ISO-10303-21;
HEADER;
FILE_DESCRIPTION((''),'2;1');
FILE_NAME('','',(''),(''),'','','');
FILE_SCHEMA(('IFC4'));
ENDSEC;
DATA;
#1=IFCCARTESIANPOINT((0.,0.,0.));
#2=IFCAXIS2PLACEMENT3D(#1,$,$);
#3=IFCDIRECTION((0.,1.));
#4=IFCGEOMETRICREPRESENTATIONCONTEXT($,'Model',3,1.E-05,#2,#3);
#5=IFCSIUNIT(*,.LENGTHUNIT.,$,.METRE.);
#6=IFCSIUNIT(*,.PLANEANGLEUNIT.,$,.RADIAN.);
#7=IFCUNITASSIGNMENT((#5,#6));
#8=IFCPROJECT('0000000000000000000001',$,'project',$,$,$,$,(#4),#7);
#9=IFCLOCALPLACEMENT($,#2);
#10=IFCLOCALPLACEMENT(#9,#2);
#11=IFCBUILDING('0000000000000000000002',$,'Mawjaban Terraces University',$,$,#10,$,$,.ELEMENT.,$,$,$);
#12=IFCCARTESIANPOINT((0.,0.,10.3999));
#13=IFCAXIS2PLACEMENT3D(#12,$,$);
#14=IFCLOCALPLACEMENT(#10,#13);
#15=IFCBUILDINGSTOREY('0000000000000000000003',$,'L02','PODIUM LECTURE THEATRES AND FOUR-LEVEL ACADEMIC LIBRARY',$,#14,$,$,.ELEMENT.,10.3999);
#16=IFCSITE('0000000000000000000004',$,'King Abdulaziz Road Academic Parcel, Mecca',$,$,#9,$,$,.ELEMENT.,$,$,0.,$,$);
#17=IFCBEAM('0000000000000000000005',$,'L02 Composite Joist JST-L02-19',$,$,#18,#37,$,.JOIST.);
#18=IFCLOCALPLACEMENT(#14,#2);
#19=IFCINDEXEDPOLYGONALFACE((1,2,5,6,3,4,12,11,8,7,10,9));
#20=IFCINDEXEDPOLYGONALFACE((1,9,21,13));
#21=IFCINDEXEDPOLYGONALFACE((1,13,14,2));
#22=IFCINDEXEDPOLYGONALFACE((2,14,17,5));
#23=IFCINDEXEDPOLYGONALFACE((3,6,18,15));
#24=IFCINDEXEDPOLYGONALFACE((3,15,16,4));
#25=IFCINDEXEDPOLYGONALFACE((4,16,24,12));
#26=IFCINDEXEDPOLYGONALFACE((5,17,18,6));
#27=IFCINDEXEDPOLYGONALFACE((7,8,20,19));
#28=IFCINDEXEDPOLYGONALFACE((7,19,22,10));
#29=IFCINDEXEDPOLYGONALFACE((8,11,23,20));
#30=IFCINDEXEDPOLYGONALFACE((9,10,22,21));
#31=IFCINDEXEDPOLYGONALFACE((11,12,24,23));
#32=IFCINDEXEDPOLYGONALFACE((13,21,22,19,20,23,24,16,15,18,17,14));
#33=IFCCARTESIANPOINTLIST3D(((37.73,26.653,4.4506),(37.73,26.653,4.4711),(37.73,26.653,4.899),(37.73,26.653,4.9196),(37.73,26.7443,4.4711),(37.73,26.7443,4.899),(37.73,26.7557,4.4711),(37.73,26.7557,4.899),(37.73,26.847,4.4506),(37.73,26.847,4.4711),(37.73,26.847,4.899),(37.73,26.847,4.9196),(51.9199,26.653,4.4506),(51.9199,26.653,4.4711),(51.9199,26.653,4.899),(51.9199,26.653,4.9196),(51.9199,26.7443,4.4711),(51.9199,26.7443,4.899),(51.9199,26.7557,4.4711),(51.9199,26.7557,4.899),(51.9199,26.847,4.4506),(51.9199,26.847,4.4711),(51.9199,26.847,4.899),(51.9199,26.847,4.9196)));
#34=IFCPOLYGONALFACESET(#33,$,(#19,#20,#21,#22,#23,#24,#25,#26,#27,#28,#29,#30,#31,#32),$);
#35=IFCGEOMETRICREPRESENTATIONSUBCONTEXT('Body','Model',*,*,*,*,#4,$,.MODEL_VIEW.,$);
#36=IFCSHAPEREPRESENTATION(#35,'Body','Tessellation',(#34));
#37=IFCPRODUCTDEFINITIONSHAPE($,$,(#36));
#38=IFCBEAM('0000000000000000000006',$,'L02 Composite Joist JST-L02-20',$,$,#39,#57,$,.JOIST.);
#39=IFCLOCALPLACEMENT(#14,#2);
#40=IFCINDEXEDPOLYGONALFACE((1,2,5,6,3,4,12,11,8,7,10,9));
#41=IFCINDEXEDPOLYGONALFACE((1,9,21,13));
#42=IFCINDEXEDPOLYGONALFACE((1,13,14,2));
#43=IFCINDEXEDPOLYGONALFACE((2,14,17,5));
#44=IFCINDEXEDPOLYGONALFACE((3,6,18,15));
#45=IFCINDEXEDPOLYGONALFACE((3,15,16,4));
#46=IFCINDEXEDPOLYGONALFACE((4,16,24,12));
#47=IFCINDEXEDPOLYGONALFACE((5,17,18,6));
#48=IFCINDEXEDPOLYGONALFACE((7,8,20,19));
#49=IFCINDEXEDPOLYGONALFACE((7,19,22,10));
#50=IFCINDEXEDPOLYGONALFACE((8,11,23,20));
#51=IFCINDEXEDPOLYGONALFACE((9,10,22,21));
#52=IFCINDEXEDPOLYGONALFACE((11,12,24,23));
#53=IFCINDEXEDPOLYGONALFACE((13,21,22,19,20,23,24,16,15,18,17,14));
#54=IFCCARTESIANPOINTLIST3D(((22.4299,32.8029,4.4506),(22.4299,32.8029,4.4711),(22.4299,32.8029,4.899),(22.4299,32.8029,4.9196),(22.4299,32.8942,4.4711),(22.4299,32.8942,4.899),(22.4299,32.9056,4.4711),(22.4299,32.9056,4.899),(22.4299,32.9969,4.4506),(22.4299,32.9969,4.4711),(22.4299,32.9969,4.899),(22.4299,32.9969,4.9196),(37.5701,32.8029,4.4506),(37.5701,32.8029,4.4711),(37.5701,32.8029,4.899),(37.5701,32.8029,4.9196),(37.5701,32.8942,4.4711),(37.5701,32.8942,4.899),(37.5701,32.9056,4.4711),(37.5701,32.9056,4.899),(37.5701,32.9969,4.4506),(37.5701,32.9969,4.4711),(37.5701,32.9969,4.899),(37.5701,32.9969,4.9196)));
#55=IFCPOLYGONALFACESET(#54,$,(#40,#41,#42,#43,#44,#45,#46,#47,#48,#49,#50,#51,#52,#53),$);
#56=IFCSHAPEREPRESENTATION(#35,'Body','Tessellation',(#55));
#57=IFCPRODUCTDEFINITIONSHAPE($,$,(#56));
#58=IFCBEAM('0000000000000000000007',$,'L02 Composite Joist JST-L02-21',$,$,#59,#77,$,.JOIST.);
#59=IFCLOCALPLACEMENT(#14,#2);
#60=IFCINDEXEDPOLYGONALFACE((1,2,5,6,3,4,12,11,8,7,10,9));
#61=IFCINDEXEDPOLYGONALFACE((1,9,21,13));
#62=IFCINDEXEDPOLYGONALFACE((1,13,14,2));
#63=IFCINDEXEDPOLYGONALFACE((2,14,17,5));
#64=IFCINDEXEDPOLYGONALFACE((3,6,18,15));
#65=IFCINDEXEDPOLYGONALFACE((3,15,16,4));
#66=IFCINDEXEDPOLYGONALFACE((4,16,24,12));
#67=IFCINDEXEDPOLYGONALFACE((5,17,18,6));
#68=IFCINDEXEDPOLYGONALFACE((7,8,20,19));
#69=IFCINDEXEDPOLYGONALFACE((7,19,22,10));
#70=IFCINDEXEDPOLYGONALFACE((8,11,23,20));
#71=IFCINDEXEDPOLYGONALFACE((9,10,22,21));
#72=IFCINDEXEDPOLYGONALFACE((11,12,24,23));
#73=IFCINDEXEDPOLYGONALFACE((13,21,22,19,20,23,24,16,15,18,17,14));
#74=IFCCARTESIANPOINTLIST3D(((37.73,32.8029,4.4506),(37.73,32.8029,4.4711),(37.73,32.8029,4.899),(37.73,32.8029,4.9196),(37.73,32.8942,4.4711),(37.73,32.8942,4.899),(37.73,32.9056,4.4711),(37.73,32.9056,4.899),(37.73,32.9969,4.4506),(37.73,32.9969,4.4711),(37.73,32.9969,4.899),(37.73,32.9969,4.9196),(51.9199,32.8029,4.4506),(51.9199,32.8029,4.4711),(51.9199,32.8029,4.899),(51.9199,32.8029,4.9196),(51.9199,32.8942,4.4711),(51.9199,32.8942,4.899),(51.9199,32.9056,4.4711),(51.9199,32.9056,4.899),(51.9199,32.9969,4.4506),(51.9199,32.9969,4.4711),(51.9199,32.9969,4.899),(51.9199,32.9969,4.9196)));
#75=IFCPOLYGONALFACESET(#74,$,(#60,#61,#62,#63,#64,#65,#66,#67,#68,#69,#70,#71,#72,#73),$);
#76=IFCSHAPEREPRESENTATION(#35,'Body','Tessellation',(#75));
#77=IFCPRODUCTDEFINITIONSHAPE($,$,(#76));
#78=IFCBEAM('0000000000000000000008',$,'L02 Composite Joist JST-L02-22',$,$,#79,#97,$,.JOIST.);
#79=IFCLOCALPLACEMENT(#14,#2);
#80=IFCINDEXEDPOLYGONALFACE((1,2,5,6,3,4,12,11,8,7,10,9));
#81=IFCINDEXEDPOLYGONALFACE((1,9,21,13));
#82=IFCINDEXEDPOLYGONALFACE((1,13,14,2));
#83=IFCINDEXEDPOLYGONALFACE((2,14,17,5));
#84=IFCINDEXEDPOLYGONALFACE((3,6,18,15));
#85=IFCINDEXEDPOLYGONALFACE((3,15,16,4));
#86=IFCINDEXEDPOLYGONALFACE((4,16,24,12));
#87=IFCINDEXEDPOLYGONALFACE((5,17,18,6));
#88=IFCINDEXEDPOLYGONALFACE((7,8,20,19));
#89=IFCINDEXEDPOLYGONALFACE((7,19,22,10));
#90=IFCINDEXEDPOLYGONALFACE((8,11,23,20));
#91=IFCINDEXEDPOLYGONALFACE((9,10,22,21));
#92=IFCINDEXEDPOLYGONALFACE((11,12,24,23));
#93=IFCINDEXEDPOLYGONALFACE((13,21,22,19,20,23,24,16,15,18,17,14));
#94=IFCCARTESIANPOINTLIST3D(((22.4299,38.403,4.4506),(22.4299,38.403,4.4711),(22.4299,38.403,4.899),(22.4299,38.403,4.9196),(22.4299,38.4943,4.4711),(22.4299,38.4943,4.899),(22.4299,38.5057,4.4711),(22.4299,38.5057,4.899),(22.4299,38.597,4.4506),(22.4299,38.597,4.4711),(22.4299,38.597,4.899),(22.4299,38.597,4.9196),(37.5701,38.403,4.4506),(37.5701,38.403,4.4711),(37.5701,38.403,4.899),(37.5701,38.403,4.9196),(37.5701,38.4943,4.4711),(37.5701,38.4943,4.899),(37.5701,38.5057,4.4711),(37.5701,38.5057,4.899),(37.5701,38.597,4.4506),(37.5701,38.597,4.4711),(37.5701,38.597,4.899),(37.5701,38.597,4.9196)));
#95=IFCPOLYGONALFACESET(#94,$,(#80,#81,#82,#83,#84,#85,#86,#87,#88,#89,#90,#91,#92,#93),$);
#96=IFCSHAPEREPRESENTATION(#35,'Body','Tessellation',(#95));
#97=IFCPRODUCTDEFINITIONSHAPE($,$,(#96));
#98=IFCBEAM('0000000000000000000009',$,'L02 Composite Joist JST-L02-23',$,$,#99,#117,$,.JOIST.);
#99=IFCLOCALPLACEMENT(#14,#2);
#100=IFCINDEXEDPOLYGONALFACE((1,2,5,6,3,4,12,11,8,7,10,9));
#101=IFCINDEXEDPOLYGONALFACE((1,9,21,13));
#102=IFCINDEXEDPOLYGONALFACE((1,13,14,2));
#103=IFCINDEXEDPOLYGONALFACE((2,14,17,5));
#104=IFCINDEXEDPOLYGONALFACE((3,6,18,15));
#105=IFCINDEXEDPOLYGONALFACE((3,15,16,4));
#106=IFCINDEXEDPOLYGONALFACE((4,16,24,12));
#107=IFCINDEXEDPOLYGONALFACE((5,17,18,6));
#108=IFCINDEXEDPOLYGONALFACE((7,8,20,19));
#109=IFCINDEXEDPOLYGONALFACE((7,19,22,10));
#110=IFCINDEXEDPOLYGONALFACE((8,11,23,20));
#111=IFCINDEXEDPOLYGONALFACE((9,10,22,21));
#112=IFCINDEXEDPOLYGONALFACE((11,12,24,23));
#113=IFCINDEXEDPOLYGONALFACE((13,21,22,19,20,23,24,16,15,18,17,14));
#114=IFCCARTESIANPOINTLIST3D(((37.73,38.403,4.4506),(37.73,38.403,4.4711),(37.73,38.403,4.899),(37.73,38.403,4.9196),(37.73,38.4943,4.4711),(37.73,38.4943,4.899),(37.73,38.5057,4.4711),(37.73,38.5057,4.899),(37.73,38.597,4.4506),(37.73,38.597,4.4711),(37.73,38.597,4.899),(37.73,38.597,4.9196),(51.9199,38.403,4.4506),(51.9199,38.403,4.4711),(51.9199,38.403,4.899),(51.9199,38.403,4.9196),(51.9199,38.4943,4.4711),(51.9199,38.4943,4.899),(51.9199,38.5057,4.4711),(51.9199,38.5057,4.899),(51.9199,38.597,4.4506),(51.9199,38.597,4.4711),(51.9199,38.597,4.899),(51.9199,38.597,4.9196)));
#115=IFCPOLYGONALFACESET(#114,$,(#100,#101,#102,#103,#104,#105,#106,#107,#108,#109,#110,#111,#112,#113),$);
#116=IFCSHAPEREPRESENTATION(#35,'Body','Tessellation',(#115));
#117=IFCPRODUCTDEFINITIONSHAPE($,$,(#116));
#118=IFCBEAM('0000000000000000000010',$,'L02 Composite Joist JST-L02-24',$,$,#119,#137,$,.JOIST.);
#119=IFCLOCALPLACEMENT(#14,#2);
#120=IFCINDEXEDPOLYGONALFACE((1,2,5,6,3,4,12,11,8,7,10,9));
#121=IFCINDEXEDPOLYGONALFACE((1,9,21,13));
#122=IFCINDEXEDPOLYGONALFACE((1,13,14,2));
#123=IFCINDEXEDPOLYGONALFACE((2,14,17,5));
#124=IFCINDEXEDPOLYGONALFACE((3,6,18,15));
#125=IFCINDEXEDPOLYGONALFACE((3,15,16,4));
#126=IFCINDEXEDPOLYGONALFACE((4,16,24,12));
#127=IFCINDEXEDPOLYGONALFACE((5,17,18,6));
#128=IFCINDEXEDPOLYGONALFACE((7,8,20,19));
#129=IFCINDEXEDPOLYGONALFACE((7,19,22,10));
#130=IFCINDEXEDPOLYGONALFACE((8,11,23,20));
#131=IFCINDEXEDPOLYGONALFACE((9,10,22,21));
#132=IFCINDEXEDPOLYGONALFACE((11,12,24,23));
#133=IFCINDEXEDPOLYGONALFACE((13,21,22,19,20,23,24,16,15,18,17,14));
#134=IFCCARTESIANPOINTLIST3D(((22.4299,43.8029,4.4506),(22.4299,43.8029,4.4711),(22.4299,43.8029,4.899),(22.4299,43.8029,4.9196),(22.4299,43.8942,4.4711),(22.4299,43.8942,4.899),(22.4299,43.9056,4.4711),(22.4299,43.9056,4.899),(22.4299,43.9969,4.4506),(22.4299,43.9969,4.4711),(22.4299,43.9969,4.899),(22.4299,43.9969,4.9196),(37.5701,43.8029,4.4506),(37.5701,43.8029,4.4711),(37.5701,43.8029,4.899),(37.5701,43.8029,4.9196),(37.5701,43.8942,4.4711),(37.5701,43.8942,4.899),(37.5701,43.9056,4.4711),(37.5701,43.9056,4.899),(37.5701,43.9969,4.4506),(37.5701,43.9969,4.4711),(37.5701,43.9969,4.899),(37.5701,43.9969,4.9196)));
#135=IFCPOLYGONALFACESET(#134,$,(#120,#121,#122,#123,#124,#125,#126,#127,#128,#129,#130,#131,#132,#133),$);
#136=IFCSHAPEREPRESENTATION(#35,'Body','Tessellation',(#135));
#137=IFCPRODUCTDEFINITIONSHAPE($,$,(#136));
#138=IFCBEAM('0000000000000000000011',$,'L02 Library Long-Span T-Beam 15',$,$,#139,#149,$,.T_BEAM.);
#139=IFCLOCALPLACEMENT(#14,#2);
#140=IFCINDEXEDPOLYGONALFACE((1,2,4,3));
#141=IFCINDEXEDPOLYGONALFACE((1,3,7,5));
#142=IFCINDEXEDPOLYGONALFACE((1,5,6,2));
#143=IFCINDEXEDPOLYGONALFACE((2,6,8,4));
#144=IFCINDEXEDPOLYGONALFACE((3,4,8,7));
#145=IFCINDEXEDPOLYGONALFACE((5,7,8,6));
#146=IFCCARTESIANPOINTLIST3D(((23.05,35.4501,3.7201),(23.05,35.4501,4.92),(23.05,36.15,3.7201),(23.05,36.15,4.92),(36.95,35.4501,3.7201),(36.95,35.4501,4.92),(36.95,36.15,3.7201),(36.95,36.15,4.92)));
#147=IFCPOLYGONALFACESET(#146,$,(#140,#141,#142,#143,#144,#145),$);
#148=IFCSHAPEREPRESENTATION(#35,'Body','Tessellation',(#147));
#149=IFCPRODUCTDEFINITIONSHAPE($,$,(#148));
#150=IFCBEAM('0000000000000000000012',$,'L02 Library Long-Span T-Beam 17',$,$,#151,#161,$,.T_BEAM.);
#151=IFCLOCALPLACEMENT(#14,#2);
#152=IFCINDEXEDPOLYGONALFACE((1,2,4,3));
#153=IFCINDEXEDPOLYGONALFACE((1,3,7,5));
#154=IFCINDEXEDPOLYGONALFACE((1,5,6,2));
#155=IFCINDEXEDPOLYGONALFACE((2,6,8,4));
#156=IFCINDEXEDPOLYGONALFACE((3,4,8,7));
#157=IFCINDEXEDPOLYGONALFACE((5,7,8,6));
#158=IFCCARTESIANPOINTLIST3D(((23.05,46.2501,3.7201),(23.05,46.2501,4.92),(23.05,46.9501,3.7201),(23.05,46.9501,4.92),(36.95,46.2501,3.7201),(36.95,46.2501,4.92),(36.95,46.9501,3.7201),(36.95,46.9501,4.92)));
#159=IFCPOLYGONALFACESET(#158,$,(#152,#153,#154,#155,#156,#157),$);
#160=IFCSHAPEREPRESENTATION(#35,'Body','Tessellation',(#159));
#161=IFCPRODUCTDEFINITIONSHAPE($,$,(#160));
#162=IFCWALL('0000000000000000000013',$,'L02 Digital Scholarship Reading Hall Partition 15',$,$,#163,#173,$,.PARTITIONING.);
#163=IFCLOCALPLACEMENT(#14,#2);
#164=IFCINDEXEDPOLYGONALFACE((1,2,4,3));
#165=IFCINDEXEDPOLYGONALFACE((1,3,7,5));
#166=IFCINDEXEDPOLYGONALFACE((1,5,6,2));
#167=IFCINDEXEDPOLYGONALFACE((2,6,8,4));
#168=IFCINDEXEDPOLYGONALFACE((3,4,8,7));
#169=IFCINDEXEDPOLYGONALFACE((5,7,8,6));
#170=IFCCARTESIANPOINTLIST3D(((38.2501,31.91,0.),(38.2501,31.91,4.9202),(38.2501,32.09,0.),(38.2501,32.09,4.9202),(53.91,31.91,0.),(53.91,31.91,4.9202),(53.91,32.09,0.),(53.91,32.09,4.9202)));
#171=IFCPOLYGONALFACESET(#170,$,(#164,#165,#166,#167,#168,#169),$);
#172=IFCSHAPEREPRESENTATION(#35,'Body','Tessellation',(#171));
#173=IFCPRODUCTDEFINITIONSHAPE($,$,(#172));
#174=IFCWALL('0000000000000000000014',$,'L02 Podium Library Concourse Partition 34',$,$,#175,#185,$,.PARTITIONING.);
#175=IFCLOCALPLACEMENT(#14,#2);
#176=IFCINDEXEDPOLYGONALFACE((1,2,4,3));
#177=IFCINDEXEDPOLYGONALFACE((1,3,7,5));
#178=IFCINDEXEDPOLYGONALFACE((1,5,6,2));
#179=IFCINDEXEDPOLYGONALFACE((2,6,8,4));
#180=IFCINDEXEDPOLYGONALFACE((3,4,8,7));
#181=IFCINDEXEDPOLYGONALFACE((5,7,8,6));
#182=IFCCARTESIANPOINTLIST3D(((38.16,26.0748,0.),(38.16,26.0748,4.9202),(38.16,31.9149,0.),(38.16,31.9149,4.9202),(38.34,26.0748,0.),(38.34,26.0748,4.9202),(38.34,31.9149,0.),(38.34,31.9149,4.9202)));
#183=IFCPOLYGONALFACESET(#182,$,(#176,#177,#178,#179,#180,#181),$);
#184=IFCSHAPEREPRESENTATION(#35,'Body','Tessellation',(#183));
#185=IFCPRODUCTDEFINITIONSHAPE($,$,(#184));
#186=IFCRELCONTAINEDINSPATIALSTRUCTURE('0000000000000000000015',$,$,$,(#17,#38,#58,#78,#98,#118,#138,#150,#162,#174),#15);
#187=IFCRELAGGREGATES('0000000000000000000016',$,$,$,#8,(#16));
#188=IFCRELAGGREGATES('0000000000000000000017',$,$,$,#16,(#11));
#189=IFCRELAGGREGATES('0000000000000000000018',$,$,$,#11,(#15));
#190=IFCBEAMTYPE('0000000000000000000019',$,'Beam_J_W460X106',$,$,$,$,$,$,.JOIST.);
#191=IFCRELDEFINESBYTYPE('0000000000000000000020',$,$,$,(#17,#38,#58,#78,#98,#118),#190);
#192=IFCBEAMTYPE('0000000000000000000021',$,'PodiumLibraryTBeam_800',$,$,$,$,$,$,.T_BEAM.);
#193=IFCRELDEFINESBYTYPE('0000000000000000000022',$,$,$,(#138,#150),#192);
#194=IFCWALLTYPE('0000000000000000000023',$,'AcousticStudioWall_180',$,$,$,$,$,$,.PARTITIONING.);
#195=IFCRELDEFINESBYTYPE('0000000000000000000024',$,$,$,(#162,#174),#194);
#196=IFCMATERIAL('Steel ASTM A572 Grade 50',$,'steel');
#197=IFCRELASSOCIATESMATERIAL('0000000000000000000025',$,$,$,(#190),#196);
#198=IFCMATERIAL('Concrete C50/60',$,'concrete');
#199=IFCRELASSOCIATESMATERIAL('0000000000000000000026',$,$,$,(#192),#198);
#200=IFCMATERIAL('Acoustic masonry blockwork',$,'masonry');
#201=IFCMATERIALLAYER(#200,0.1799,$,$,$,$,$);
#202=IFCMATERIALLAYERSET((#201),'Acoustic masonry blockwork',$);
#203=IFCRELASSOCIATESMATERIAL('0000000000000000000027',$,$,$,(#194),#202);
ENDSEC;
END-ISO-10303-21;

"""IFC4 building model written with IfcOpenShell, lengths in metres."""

from ifc_helpers import new_model, si_unit, direction, frame, frame_2d, origin, origin_2d, place, context, subcontext, project, spatial, rectangle, i_section, extrude, material, layer, layer_set, material_profile, profile_set, type_object, element, save


model = new_model("IFC4")

# Units and contexts
model_context = context("Model", 3, precision=1e-05, world=origin(), true_north=direction((0.0, 1.0)))
body_context = subcontext(model_context, "Body", "Model", "MODEL_VIEW")
ifc_project = project(units=[si_unit("LENGTHUNIT", "METRE"), si_unit("PLANEANGLEUNIT", "RADIAN")], contexts=[model_context])

# Site, building, storey
site_placement = place(None, origin())
site = spatial("IfcSite", under=ifc_project, at=site_placement, Name="King Abdulaziz Road Academic Parcel, Mecca", CompositionType="ELEMENT", RefElevation=0.0)
building_placement = place(site_placement, origin())
building = spatial("IfcBuilding", under=site, at=building_placement, Name="Mawjaban Terraces University", CompositionType="ELEMENT")
storey_placement = place(building_placement, frame((0.0, 0.0, 10.3999)))
storey = spatial("IfcBuildingStorey", under=building, at=storey_placement, Name="L02", Description="PODIUM LECTURE THEATRES AND FOUR-LEVEL ACADEMIC LIBRARY", CompositionType="ELEMENT", Elevation=10.3999)

# Beams
ifc_material_1 = material(Name="Steel ASTM A572 Grade 50", Category="steel")
ifc_material_profile_1 = material_profile(ifc_material_1, i_section(OverallWidth=0.1941, OverallDepth=0.469, WebThickness=0.0115, FlangeThickness=0.0205, at=origin_2d()), Name="W460X106")
ifc_profile_set_1 = profile_set([ifc_material_profile_1], Name="Steel ASTM A572 Grade 50")
beam_type_1 = type_object("IfcBeamType", Name="Beam_J_W460X106", PredefinedType="JOIST", material=ifc_profile_set_1)
beam_1_placement = place(storey_placement, frame((37.73, 26.75, 4.6851), z_axis=(1.0, 0.0, 0.0), x_axis=(0.0, 1.0, 0.0)))
element("IfcBeam", 1, at=beam_1_placement, inside=storey, type_object=beam_type_1, Name="L02 Composite Joist JST-L02-19", PredefinedType="JOIST", context=body_context, shape_type="SweptSolid", body=[
    extrude(i_section(OverallWidth=0.1941, OverallDepth=0.469, WebThickness=0.0115, FlangeThickness=0.0205, at=origin_2d()), origin(), (0.0, 0.0, 1.0), 14.1899),
])
beam_2_placement = place(storey_placement, frame((22.4299, 32.8999, 4.6851), z_axis=(1.0, 0.0, 0.0), x_axis=(0.0, 1.0, 0.0)))
element("IfcBeam", 2, at=beam_2_placement, inside=storey, type_object=beam_type_1, Name="L02 Composite Joist JST-L02-20", PredefinedType="JOIST", context=body_context, shape_type="SweptSolid", body=[
    extrude(i_section(OverallWidth=0.1941, OverallDepth=0.469, WebThickness=0.0115, FlangeThickness=0.0205, at=origin_2d()), origin(), (0.0, 0.0, 1.0), 15.1401),
])
beam_3_placement = place(storey_placement, frame((37.73, 32.8999, 4.6851), z_axis=(1.0, 0.0, 0.0), x_axis=(0.0, 1.0, 0.0)))
element("IfcBeam", 3, at=beam_3_placement, inside=storey, type_object=beam_type_1, Name="L02 Composite Joist JST-L02-21", PredefinedType="JOIST", context=body_context, shape_type="SweptSolid", body=[
    extrude(i_section(OverallWidth=0.1941, OverallDepth=0.469, WebThickness=0.0115, FlangeThickness=0.0205, at=origin_2d()), origin(), (0.0, 0.0, 1.0), 14.1899),
])
beam_4_placement = place(storey_placement, frame((22.4299, 38.5, 4.6851), z_axis=(1.0, 0.0, 0.0), x_axis=(0.0, 1.0, 0.0)))
element("IfcBeam", 4, at=beam_4_placement, inside=storey, type_object=beam_type_1, Name="L02 Composite Joist JST-L02-22", PredefinedType="JOIST", context=body_context, shape_type="SweptSolid", body=[
    extrude(i_section(OverallWidth=0.1941, OverallDepth=0.469, WebThickness=0.0115, FlangeThickness=0.0205, at=origin_2d()), origin(), (0.0, 0.0, 1.0), 15.1401),
])
beam_5_placement = place(storey_placement, frame((37.73, 38.5, 4.6851), z_axis=(1.0, 0.0, 0.0), x_axis=(0.0, 1.0, 0.0)))
element("IfcBeam", 5, at=beam_5_placement, inside=storey, type_object=beam_type_1, Name="L02 Composite Joist JST-L02-23", PredefinedType="JOIST", context=body_context, shape_type="SweptSolid", body=[
    extrude(i_section(OverallWidth=0.1941, OverallDepth=0.469, WebThickness=0.0115, FlangeThickness=0.0205, at=origin_2d()), origin(), (0.0, 0.0, 1.0), 14.1899),
])
beam_6_placement = place(storey_placement, frame((22.4299, 43.8999, 4.6851), z_axis=(1.0, 0.0, 0.0), x_axis=(0.0, 1.0, 0.0)))
element("IfcBeam", 6, at=beam_6_placement, inside=storey, type_object=beam_type_1, Name="L02 Composite Joist JST-L02-24", PredefinedType="JOIST", context=body_context, shape_type="SweptSolid", body=[
    extrude(i_section(OverallWidth=0.1941, OverallDepth=0.469, WebThickness=0.0115, FlangeThickness=0.0205, at=origin_2d()), origin(), (0.0, 0.0, 1.0), 15.1401),
])
ifc_material_2 = material(Name="Concrete C50/60", Category="concrete")
ifc_material_profile_2 = material_profile(ifc_material_2, rectangle(XDim=0.7, YDim=1.2, at=origin_2d()), Name="RC1200X700")
ifc_profile_set_2 = profile_set([ifc_material_profile_2], Name="Concrete C50/60")
beam_type_2 = type_object("IfcBeamType", Name="PodiumLibraryTBeam_800", PredefinedType="T_BEAM", material=ifc_profile_set_2)
for number, where, z_axis, x_axis, name in (
    (7, (23.05, 35.8, 4.3201), (1.0, 0.0, 0.0), (0.0, 1.0, 0.0), "L02 Library Long-Span T-Beam 15"),
    (8, (23.05, 46.6001, 4.3201), (1.0, 0.0, 0.0), (0.0, 1.0, 0.0), "L02 Library Long-Span T-Beam 17"),
):
    element("IfcBeam", number, at=place(storey_placement, frame(where, z_axis=z_axis, x_axis=x_axis)), inside=storey, type_object=beam_type_2, Name=name, PredefinedType="T_BEAM", context=body_context, shape_type="SweptSolid", body=[
        extrude(rectangle(XDim=0.7, YDim=1.2, at=origin_2d()), origin(), (0.0, 0.0, 1.0), 13.8999),
    ])

# Walls
ifc_material_3 = material(Name="Acoustic masonry blockwork", Category="masonry")
ifc_layer_1 = layer(ifc_material_3, 0.1799)
ifc_layer_set_1 = layer_set([ifc_layer_1], Name="Acoustic masonry blockwork")
wall_type_1 = type_object("IfcWallType", Name="AcousticStudioWall_180", PredefinedType="PARTITIONING", material=ifc_layer_set_1)
wall_1_placement = place(storey_placement, frame((38.25, 32.0, 0.0), z_axis=(0.0, 0.0, 1.0), x_axis=(1.0, 0.0, 0.0)))
element("IfcWall", 9, at=wall_1_placement, inside=storey, type_object=wall_type_1, Name="L02 Digital Scholarship Reading Hall Partition 15", PredefinedType="PARTITIONING", context=body_context, shape_type="SweptSolid", body=[
    extrude(rectangle(XDim=15.6599, YDim=0.1799, at=frame_2d((7.8301, 0.0))), origin(), (0.0, 0.0, 1.0), 4.9202),
])
wall_2_placement = place(storey_placement, frame((38.25, 26.075, 0.0), z_axis=(0.0, 0.0, 1.0), x_axis=(0.0, 1.0, 0.0)))
element("IfcWall", 10, at=wall_2_placement, inside=storey, type_object=wall_type_1, Name="L02 Podium Library Concourse Partition 34", PredefinedType="PARTITIONING", context=body_context, shape_type="SweptSolid", body=[
    extrude(rectangle(XDim=5.8401, YDim=0.1799, at=frame_2d((2.9199, 0.0))), origin(), (0.0, 0.0, 1.0), 4.9202),
])

save(model, "model.ifc")
